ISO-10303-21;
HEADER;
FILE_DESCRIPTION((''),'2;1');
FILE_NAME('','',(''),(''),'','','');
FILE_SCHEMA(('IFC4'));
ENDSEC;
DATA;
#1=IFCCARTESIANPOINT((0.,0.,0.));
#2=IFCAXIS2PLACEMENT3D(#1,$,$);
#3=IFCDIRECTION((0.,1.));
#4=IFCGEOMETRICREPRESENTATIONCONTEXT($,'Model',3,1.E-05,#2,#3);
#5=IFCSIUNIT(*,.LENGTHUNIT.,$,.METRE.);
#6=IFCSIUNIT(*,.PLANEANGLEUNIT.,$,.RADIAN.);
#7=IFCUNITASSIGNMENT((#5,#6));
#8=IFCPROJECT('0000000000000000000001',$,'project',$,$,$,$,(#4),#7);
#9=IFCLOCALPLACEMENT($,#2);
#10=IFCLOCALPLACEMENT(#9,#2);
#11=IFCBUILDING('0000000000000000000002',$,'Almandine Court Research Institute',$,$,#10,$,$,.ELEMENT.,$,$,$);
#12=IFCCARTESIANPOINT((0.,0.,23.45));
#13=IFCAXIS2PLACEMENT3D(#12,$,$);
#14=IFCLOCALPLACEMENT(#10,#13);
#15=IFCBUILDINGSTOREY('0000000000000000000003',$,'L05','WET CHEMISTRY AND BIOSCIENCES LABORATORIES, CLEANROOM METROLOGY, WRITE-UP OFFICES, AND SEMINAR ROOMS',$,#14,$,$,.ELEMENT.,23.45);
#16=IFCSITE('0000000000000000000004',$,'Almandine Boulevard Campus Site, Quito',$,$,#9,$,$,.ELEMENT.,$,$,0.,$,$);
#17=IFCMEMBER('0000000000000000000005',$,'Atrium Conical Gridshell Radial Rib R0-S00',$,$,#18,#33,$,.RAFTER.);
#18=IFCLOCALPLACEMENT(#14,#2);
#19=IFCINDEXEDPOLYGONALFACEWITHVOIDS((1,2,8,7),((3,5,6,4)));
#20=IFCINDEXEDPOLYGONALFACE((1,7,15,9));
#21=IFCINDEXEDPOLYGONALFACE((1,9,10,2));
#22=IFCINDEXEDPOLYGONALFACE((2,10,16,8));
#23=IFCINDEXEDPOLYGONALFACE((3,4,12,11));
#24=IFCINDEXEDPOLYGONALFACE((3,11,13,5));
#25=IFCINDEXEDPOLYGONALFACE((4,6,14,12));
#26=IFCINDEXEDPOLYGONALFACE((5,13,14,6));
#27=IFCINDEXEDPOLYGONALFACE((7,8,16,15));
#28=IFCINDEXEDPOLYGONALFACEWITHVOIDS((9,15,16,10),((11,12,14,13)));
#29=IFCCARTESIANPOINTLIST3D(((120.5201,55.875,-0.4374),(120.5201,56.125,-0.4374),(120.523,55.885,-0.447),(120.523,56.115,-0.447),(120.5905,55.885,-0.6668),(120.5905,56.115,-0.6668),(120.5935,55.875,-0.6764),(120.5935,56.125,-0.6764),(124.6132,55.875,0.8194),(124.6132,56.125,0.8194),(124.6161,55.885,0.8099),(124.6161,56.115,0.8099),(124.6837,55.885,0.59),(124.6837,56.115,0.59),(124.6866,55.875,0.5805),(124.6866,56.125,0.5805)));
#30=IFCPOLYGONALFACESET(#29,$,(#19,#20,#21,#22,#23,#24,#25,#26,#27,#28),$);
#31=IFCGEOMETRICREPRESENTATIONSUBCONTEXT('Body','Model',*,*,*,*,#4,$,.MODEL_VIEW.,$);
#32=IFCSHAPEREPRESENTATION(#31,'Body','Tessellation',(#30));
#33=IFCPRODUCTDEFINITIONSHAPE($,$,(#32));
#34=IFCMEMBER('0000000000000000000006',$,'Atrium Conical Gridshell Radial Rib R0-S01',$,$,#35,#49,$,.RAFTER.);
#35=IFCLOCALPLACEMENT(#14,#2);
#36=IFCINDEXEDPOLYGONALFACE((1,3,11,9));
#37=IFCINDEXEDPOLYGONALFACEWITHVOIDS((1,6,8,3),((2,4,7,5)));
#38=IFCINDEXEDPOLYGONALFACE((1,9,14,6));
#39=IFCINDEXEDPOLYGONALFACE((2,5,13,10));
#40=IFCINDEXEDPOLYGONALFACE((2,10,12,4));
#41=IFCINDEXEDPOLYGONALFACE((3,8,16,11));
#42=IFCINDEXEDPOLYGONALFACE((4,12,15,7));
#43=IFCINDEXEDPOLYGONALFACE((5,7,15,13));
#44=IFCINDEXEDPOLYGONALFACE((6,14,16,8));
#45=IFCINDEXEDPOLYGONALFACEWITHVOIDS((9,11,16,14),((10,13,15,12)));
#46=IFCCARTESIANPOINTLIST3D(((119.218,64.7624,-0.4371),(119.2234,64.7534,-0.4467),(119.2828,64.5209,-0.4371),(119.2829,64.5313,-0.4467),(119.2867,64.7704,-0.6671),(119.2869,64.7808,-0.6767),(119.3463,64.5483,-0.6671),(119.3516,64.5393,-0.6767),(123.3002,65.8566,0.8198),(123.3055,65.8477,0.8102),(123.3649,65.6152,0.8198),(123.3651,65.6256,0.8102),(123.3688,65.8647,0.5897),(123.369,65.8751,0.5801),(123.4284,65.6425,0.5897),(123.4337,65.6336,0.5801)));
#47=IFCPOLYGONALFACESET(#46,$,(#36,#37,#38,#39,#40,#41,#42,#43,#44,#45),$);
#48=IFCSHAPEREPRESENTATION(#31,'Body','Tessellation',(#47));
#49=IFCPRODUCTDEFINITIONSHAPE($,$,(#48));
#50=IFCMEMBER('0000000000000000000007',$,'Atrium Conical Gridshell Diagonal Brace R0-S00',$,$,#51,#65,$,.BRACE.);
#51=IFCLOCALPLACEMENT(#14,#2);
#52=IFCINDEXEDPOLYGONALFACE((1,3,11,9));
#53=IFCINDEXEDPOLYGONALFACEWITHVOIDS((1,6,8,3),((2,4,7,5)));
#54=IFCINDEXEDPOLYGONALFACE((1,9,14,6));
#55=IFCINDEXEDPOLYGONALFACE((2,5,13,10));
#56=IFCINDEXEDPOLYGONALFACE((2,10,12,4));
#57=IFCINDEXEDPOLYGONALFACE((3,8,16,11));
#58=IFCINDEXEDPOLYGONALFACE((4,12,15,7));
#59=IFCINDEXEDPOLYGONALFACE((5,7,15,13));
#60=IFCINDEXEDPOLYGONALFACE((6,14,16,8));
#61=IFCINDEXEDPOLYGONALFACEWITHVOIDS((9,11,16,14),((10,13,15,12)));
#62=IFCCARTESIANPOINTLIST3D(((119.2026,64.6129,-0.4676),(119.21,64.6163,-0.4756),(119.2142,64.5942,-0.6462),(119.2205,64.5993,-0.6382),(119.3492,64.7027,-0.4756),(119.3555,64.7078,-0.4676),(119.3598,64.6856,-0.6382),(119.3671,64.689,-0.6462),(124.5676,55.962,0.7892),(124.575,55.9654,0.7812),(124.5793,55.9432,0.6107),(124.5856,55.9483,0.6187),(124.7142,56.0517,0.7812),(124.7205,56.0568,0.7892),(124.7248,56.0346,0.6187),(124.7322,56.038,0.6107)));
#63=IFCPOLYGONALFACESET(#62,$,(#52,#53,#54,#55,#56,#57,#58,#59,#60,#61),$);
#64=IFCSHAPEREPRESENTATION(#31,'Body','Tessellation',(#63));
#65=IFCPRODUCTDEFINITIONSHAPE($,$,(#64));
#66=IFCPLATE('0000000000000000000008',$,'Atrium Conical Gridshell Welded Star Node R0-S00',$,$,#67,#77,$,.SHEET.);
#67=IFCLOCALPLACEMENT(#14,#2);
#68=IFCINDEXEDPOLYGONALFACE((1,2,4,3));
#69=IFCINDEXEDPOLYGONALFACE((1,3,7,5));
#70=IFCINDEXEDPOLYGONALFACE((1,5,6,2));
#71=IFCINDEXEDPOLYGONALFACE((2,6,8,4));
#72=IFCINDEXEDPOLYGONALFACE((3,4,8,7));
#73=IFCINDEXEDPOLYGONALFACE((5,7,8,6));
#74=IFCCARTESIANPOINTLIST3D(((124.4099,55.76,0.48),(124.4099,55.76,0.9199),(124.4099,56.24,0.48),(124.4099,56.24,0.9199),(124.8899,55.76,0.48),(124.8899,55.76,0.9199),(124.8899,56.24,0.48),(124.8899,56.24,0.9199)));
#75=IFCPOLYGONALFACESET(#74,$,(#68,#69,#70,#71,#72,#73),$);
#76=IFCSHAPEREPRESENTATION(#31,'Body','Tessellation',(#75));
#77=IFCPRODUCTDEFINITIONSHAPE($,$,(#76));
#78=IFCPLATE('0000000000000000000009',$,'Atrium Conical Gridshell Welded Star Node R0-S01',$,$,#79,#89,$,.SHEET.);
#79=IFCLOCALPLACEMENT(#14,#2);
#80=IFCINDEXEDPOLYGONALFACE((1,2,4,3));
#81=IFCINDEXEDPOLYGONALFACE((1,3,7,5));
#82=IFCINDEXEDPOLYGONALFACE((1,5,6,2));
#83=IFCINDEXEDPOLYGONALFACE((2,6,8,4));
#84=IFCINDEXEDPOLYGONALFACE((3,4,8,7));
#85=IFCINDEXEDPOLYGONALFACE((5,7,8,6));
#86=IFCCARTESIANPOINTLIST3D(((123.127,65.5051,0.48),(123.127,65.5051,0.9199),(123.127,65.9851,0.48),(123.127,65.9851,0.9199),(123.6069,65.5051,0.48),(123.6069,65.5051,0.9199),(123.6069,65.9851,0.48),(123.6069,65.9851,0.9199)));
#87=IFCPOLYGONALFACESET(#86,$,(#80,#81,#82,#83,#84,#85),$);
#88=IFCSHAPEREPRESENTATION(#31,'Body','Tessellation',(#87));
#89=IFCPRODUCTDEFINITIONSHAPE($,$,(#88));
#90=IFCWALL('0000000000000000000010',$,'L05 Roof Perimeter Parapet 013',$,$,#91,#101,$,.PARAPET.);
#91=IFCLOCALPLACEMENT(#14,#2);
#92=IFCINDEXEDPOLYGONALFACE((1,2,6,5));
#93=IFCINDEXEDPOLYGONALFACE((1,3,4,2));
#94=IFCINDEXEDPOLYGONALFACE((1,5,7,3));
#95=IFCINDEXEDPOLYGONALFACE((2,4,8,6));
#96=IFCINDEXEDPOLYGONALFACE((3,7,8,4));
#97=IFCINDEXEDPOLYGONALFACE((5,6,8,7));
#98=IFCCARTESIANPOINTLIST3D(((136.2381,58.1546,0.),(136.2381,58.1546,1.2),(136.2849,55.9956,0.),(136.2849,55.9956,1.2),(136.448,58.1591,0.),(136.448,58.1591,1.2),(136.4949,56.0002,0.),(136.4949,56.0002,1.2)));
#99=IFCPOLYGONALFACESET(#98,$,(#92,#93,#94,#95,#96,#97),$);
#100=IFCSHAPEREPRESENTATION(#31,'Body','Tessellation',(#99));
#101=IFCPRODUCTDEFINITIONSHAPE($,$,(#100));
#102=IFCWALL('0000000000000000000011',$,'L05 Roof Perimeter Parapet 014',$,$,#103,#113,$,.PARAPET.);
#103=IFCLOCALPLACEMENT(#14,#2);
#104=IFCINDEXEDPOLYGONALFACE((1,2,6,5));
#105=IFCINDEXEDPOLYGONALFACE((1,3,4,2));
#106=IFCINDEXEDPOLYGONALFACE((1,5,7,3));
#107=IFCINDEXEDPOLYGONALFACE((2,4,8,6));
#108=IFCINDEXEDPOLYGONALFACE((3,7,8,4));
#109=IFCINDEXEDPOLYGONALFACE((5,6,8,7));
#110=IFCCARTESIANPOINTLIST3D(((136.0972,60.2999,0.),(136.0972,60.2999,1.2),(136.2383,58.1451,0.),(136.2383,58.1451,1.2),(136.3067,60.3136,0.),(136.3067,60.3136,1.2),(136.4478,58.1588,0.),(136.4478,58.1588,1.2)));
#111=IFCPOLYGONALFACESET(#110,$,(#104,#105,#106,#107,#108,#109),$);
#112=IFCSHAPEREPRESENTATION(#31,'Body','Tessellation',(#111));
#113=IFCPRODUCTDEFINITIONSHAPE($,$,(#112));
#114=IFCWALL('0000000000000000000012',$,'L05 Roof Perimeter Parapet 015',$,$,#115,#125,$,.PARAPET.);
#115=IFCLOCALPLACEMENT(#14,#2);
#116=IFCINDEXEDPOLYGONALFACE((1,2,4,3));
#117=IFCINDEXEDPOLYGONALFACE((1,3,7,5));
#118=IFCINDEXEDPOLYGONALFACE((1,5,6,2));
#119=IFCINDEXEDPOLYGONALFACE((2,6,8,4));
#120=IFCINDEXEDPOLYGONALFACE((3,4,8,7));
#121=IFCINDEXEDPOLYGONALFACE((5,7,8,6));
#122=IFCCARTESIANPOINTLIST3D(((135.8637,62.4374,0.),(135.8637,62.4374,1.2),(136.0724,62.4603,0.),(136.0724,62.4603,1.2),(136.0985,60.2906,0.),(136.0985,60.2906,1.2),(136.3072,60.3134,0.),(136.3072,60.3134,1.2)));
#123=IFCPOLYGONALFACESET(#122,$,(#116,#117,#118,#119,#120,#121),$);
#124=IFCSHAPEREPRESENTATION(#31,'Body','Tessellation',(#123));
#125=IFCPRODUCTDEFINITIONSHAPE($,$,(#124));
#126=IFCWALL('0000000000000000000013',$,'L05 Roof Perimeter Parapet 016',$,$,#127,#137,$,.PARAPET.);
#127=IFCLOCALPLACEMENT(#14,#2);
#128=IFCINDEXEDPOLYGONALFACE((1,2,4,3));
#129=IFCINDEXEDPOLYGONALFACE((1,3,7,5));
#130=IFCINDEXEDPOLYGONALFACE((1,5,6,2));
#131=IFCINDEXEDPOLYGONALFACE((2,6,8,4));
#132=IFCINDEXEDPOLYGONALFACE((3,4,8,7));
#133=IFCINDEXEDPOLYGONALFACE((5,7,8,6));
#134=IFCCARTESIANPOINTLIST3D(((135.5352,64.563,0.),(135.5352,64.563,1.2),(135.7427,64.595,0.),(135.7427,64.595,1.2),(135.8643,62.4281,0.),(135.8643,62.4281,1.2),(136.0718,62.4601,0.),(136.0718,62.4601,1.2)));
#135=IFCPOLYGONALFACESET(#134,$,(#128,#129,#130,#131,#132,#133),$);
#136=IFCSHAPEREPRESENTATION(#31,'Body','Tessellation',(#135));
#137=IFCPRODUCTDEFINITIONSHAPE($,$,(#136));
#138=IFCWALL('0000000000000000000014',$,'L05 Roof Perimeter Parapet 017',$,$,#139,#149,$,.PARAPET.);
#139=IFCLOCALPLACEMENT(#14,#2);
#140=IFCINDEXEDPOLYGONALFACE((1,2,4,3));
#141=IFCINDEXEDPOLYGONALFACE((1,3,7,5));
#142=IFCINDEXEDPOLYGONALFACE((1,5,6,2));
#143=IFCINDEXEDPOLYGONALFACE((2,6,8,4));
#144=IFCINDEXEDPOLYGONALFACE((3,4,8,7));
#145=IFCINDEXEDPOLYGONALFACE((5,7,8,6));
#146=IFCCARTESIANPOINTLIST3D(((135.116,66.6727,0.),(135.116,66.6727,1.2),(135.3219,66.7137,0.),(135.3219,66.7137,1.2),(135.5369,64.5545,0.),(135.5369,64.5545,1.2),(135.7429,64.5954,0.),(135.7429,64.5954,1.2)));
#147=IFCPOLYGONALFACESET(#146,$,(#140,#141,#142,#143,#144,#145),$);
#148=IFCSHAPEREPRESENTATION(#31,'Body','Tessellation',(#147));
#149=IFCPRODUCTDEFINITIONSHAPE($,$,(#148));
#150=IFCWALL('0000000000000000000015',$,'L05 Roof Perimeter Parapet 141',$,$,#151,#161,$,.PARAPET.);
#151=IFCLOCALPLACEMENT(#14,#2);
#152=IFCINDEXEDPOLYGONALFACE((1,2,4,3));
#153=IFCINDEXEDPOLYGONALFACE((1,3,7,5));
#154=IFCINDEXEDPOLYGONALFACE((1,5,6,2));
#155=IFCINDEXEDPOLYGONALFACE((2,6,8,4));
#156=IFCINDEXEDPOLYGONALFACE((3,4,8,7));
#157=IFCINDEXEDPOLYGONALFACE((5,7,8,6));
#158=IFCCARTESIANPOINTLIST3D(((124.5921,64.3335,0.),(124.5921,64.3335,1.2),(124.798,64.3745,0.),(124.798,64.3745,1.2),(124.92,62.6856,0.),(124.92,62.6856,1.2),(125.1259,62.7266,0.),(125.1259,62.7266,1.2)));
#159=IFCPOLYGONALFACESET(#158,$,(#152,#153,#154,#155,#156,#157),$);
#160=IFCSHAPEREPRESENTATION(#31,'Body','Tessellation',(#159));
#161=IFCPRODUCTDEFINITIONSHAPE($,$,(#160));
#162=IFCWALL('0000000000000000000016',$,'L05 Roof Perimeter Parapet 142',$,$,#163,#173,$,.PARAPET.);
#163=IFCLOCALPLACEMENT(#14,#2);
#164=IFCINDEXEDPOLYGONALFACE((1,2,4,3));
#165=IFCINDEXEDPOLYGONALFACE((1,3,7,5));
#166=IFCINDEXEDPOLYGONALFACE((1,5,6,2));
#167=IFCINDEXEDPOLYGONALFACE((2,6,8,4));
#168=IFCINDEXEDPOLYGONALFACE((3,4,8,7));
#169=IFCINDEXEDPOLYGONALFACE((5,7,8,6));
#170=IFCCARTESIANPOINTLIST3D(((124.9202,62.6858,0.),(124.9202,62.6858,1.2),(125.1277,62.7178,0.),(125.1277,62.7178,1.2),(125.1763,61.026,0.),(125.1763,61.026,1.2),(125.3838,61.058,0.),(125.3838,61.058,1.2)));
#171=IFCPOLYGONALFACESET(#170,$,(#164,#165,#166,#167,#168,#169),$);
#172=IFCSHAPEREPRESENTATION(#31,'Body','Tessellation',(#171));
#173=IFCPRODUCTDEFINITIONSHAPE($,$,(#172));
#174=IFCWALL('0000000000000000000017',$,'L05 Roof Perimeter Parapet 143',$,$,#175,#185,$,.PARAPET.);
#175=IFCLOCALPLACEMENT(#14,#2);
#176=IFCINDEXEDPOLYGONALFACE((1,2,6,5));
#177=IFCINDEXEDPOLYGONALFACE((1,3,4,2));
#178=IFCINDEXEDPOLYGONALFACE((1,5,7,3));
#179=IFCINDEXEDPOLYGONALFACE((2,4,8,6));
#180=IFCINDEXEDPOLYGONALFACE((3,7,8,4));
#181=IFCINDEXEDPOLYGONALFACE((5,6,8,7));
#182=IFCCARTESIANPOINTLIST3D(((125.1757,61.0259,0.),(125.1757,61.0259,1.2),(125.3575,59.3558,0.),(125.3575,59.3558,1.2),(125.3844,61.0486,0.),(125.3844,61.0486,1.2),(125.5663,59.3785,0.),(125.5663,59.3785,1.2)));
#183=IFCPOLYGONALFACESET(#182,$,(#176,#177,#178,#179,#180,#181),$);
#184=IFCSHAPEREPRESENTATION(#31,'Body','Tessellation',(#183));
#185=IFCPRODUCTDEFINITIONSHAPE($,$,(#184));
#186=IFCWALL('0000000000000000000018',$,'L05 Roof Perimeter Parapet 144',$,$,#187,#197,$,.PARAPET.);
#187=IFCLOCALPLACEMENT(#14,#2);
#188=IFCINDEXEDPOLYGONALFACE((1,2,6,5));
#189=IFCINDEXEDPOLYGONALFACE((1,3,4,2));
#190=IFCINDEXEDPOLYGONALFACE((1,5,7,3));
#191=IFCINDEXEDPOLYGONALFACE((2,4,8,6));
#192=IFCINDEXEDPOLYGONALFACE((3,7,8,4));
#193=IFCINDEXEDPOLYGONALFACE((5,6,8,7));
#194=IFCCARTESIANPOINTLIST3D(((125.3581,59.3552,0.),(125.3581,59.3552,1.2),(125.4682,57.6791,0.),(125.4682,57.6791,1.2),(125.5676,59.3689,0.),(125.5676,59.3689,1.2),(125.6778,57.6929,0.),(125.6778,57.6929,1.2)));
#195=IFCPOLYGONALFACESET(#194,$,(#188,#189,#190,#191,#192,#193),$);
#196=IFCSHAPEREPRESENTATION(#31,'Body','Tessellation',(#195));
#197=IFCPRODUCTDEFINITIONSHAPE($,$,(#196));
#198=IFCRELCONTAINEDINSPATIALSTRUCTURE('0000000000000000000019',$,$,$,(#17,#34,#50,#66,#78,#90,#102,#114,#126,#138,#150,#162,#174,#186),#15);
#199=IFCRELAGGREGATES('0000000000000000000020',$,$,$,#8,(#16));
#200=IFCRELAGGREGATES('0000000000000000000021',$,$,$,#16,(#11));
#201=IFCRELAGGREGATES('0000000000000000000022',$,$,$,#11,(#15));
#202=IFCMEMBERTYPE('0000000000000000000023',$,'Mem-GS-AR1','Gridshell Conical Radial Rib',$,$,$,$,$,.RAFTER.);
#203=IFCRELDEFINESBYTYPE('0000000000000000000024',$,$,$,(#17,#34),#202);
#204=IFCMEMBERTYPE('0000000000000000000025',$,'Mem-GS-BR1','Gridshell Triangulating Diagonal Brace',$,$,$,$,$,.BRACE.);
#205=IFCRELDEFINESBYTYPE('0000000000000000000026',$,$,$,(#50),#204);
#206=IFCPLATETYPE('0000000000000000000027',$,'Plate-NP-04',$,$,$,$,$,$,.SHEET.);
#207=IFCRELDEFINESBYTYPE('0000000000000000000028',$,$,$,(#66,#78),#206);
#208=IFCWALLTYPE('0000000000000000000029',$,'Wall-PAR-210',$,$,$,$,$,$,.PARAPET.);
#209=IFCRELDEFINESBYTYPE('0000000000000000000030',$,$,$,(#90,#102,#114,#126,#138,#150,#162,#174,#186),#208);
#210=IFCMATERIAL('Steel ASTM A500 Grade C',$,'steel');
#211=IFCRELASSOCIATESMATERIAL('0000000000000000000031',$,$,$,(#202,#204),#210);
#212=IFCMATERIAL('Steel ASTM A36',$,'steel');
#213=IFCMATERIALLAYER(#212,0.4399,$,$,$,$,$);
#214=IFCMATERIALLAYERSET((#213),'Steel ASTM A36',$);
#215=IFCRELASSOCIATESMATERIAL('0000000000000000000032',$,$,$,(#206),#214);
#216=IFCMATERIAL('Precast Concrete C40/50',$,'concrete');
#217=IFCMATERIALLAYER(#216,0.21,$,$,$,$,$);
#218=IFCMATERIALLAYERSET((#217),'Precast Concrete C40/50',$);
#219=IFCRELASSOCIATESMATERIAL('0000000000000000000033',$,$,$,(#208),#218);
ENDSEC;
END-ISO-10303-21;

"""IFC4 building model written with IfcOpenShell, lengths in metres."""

from ifc_helpers import new_model, si_unit, direction, frame, frame_2d, origin, origin_2d, place, context, subcontext, project, spatial, rectangle, hollow_rectangle, extrude, material, layer, layer_set, material_profile, profile_set, type_object, element, save


model = new_model("IFC4")

# Units and contexts
model_context = context("Model", 3, precision=1e-05, world=origin(), true_north=direction((0.0, 1.0)))
body_context = subcontext(model_context, "Body", "Model", "MODEL_VIEW")
ifc_project = project(units=[si_unit("LENGTHUNIT", "METRE"), si_unit("PLANEANGLEUNIT", "RADIAN")], contexts=[model_context])

# Site, building, storey
site_placement = place(None, origin())
site = spatial("IfcSite", under=ifc_project, at=site_placement, Name="Almandine Boulevard Campus Site, Quito", CompositionType="ELEMENT", RefElevation=0.0)
building_placement = place(site_placement, origin())
building = spatial("IfcBuilding", under=site, at=building_placement, Name="Almandine Court Research Institute", CompositionType="ELEMENT")
storey_placement = place(building_placement, frame((0.0, 0.0, 23.45)))
storey = spatial("IfcBuildingStorey", under=building, at=storey_placement, Name="L05", Description="WET CHEMISTRY AND BIOSCIENCES LABORATORIES, CLEANROOM METROLOGY, WRITE-UP OFFICES, AND SEMINAR ROOMS", CompositionType="ELEMENT", Elevation=23.45)

# Members
ifc_material_1 = material(Name="Steel ASTM A500 Grade C", Category="steel")
ifc_material_profile_1 = material_profile(ifc_material_1, hollow_rectangle(XDim=0.25, YDim=0.25, WallThickness=0.01, at=origin_2d()), Name="HSS 250x250x10")
ifc_profile_set_1 = profile_set([ifc_material_profile_1], Name="Steel ASTM A500 Grade C")
member_type_1 = type_object("IfcMemberType", Name="Mem-GS-AR1", Description="Gridshell Conical Radial Rib", PredefinedType="RAFTER", material=ifc_profile_set_1)
member_1_placement = place(storey_placement, frame((124.6499, 56.0, 0.7), z_axis=(-0.955947, 0.0, -0.293541), x_axis=(0.0, -1.0, 0.0)))
element("IfcMember", 1, at=member_1_placement, inside=storey, type_object=member_type_1, Name="Atrium Conical Gridshell Radial Rib R0-S00", PredefinedType="RAFTER", context=body_context, shape_type="SweptSolid", body=[
    extrude(hollow_rectangle(XDim=0.25, YDim=0.25, WallThickness=0.01, at=origin_2d()), origin(), (0.0, 0.0, 1.0), 4.2817),
])
member_2_placement = place(storey_placement, frame((123.3669, 65.7451, 0.7), z_axis=(-0.925824, -0.248178, -0.285056), x_axis=(0.258921, -0.965899, 0.0)))
element("IfcMember", 2, at=member_2_placement, inside=storey, type_object=member_type_1, Name="Atrium Conical Gridshell Radial Rib R0-S01", PredefinedType="RAFTER", context=body_context, shape_type="SweptSolid", body=[
    extrude(hollow_rectangle(XDim=0.25, YDim=0.25, WallThickness=0.01, at=origin_2d()), origin(), (0.0, 0.0, 1.0), 4.4092),
])
ifc_material_profile_2 = material_profile(ifc_material_1, hollow_rectangle(XDim=0.1799, YDim=0.1799, WallThickness=0.0081, at=origin_2d()), Name="HSS 180x180x8")
ifc_profile_set_2 = profile_set([ifc_material_profile_2], Name="Steel ASTM A500 Grade C")
member_type_2 = type_object("IfcMemberType", Name="Mem-GS-BR1", Description="Gridshell Triangulating Diagonal Brace", PredefinedType="BRACE", material=ifc_profile_set_2)
member_3_placement = place(storey_placement, frame((124.6499, 56.0, 0.7), z_axis=(-0.52307, 0.843435, -0.122538), x_axis=(-0.849839, -0.527042, 0.0)))
element("IfcMember", 3, at=member_3_placement, inside=storey, type_object=member_type_2, Name="Atrium Conical Gridshell Diagonal Brace R0-S00", PredefinedType="BRACE", context=body_context, shape_type="SweptSolid", body=[
    extrude(hollow_rectangle(XDim=0.1799, YDim=0.1799, WallThickness=0.0081, at=origin_2d()), origin(), (0.0, 0.0, 1.0), 10.2568),
])

# Plates
ifc_material_2 = material(Name="Steel ASTM A36", Category="steel")
ifc_layer_1 = layer(ifc_material_2, 0.4399)
ifc_layer_set_1 = layer_set([ifc_layer_1], Name="Steel ASTM A36")
plate_type = type_object("IfcPlateType", Name="Plate-NP-04", PredefinedType="SHEET", material=ifc_layer_set_1)
for number, where, z_axis, x_axis, name in (
    (4, (124.6499, 56.0, 0.48), (0.0, 0.0, 1.0), (1.0, 0.0, 0.0), "Atrium Conical Gridshell Welded Star Node R0-S00"),
    (5, (123.3669, 65.7451, 0.48), (0.0, 0.0, 1.0), (1.0, 0.0, 0.0), "Atrium Conical Gridshell Welded Star Node R0-S01"),
):
    element("IfcPlate", number, at=place(storey_placement, frame(where, z_axis=z_axis, x_axis=x_axis)), inside=storey, type_object=plate_type, Name=name, PredefinedType="SHEET", context=body_context, shape_type="SweptSolid", body=[
        extrude(rectangle(XDim=0.48, YDim=0.48, at=origin_2d()), origin(), (0.0, 0.0, 1.0), 0.4399),
    ])

# Walls
ifc_material_3 = material(Name="Precast Concrete C40/50", Category="concrete")
ifc_layer_2 = layer(ifc_material_3, 0.21)
ifc_layer_set_2 = layer_set([ifc_layer_2], Name="Precast Concrete C40/50")
wall_type_1 = type_object("IfcWallType", Name="Wall-PAR-210", PredefinedType="PARAPET", material=ifc_layer_set_2)
for number, where, z_axis, x_axis, name in (
    (6, (136.3899, 55.998, 0.0), (0.0, 0.0, 1.0), (-0.021707, 0.999764, 0.0), "L05 Roof Perimeter Parapet 013"),
    (7, (136.343, 58.1521, 0.0), (0.0, 0.0, 1.0), (-0.065348, 0.997863, 0.0), "L05 Roof Perimeter Parapet 014"),
):
    element("IfcWall", number, at=place(storey_placement, frame(where, z_axis=z_axis, x_axis=x_axis)), inside=storey, type_object=wall_type_1, Name=name, PredefinedType="PARAPET", context=body_context, shape_type="SweptSolid", body=[
        extrude(rectangle(XDim=2.1594, YDim=0.21, at=frame_2d((1.0796, 0.0))), origin(), (0.0, 0.0, 1.0), 1.2),
    ])
wall_1_placement = place(storey_placement, frame((136.2029, 60.302, 0.0), z_axis=(0.0, 0.0, 1.0), x_axis=(-0.108744, 0.99407, 0.0)))
element("IfcWall", 8, at=wall_1_placement, inside=storey, type_object=wall_type_1, Name="L05 Roof Perimeter Parapet 015", PredefinedType="PARAPET", context=body_context, shape_type="SweptSolid", body=[
    extrude(rectangle(XDim=2.1597, YDim=0.21, at=frame_2d((1.0798, 0.0))), origin(), (0.0, 0.0, 1.0), 1.2),
])
wall_2_placement = place(storey_placement, frame((135.968, 62.4441, 0.0), z_axis=(0.0, 0.0, 1.0), x_axis=(-0.152346, 0.988327, 0.0)))
element("IfcWall", 9, at=wall_2_placement, inside=storey, type_object=wall_type_1, Name="L05 Roof Perimeter Parapet 016", PredefinedType="PARAPET", context=body_context, shape_type="SweptSolid", body=[
    extrude(rectangle(XDim=2.1602, YDim=0.21, at=frame_2d((1.0801, 0.0))), origin(), (0.0, 0.0, 1.0), 1.2),
])
wall_3_placement = place(storey_placement, frame((135.6399, 64.575, 0.0), z_axis=(0.0, 0.0, 1.0), x_axis=(-0.194899, 0.980823, 0.0)))
element("IfcWall", 10, at=wall_3_placement, inside=storey, type_object=wall_type_1, Name="L05 Roof Perimeter Parapet 017", PredefinedType="PARAPET", context=body_context, shape_type="SweptSolid", body=[
    extrude(rectangle(XDim=2.1597, YDim=0.21, at=frame_2d((1.0798, 0.0))), origin(), (0.0, 0.0, 1.0), 1.2),
])
wall_4_placement = place(storey_placement, frame((124.6951, 64.354, 0.0), z_axis=(0.0, 0.0, 1.0), x_axis=(0.195138, -0.980776, 0.0)))
element("IfcWall", 11, at=wall_4_placement, inside=storey, type_object=wall_type_1, Name="L05 Roof Perimeter Parapet 141", PredefinedType="PARAPET", context=body_context, shape_type="SweptSolid", body=[
    extrude(rectangle(XDim=1.6802, YDim=0.21, at=frame_2d((0.8401, 0.0))), origin(), (0.0, 0.0, 1.0), 1.2),
])
wall_5_placement = place(storey_placement, frame((125.0239, 62.7019, 0.0), z_axis=(0.0, 0.0, 1.0), x_axis=(0.152483, -0.988306, 0.0)))
element("IfcWall", 12, at=wall_5_placement, inside=storey, type_object=wall_type_1, Name="L05 Roof Perimeter Parapet 142", PredefinedType="PARAPET", context=body_context, shape_type="SweptSolid", body=[
    extrude(rectangle(XDim=1.6794, YDim=0.21, at=frame_2d((0.8398, 0.0))), origin(), (0.0, 0.0, 1.0), 1.2),
])
wall_6_placement = place(storey_placement, frame((125.28, 61.0371, 0.0), z_axis=(0.0, 0.0, 1.0), x_axis=(0.108262, -0.994122, 0.0)))
element("IfcWall", 13, at=wall_6_placement, inside=storey, type_object=wall_type_1, Name="L05 Roof Perimeter Parapet 143", PredefinedType="PARAPET", context=body_context, shape_type="SweptSolid", body=[
    extrude(rectangle(XDim=1.6799, YDim=0.21, at=frame_2d((0.8398, 0.0))), origin(), (0.0, 0.0, 1.0), 1.2),
])
wall_7_placement = place(storey_placement, frame((125.4629, 59.3621, 0.0), z_axis=(0.0, 0.0, 1.0), x_axis=(0.065554, -0.997849, 0.0)))
element("IfcWall", 14, at=wall_7_placement, inside=storey, type_object=wall_type_1, Name="L05 Roof Perimeter Parapet 144", PredefinedType="PARAPET", context=body_context, shape_type="SweptSolid", body=[
    extrude(rectangle(XDim=1.6797, YDim=0.21, at=frame_2d((0.8398, 0.0))), origin(), (0.0, 0.0, 1.0), 1.2),
])

save(model, "model.ifc")
